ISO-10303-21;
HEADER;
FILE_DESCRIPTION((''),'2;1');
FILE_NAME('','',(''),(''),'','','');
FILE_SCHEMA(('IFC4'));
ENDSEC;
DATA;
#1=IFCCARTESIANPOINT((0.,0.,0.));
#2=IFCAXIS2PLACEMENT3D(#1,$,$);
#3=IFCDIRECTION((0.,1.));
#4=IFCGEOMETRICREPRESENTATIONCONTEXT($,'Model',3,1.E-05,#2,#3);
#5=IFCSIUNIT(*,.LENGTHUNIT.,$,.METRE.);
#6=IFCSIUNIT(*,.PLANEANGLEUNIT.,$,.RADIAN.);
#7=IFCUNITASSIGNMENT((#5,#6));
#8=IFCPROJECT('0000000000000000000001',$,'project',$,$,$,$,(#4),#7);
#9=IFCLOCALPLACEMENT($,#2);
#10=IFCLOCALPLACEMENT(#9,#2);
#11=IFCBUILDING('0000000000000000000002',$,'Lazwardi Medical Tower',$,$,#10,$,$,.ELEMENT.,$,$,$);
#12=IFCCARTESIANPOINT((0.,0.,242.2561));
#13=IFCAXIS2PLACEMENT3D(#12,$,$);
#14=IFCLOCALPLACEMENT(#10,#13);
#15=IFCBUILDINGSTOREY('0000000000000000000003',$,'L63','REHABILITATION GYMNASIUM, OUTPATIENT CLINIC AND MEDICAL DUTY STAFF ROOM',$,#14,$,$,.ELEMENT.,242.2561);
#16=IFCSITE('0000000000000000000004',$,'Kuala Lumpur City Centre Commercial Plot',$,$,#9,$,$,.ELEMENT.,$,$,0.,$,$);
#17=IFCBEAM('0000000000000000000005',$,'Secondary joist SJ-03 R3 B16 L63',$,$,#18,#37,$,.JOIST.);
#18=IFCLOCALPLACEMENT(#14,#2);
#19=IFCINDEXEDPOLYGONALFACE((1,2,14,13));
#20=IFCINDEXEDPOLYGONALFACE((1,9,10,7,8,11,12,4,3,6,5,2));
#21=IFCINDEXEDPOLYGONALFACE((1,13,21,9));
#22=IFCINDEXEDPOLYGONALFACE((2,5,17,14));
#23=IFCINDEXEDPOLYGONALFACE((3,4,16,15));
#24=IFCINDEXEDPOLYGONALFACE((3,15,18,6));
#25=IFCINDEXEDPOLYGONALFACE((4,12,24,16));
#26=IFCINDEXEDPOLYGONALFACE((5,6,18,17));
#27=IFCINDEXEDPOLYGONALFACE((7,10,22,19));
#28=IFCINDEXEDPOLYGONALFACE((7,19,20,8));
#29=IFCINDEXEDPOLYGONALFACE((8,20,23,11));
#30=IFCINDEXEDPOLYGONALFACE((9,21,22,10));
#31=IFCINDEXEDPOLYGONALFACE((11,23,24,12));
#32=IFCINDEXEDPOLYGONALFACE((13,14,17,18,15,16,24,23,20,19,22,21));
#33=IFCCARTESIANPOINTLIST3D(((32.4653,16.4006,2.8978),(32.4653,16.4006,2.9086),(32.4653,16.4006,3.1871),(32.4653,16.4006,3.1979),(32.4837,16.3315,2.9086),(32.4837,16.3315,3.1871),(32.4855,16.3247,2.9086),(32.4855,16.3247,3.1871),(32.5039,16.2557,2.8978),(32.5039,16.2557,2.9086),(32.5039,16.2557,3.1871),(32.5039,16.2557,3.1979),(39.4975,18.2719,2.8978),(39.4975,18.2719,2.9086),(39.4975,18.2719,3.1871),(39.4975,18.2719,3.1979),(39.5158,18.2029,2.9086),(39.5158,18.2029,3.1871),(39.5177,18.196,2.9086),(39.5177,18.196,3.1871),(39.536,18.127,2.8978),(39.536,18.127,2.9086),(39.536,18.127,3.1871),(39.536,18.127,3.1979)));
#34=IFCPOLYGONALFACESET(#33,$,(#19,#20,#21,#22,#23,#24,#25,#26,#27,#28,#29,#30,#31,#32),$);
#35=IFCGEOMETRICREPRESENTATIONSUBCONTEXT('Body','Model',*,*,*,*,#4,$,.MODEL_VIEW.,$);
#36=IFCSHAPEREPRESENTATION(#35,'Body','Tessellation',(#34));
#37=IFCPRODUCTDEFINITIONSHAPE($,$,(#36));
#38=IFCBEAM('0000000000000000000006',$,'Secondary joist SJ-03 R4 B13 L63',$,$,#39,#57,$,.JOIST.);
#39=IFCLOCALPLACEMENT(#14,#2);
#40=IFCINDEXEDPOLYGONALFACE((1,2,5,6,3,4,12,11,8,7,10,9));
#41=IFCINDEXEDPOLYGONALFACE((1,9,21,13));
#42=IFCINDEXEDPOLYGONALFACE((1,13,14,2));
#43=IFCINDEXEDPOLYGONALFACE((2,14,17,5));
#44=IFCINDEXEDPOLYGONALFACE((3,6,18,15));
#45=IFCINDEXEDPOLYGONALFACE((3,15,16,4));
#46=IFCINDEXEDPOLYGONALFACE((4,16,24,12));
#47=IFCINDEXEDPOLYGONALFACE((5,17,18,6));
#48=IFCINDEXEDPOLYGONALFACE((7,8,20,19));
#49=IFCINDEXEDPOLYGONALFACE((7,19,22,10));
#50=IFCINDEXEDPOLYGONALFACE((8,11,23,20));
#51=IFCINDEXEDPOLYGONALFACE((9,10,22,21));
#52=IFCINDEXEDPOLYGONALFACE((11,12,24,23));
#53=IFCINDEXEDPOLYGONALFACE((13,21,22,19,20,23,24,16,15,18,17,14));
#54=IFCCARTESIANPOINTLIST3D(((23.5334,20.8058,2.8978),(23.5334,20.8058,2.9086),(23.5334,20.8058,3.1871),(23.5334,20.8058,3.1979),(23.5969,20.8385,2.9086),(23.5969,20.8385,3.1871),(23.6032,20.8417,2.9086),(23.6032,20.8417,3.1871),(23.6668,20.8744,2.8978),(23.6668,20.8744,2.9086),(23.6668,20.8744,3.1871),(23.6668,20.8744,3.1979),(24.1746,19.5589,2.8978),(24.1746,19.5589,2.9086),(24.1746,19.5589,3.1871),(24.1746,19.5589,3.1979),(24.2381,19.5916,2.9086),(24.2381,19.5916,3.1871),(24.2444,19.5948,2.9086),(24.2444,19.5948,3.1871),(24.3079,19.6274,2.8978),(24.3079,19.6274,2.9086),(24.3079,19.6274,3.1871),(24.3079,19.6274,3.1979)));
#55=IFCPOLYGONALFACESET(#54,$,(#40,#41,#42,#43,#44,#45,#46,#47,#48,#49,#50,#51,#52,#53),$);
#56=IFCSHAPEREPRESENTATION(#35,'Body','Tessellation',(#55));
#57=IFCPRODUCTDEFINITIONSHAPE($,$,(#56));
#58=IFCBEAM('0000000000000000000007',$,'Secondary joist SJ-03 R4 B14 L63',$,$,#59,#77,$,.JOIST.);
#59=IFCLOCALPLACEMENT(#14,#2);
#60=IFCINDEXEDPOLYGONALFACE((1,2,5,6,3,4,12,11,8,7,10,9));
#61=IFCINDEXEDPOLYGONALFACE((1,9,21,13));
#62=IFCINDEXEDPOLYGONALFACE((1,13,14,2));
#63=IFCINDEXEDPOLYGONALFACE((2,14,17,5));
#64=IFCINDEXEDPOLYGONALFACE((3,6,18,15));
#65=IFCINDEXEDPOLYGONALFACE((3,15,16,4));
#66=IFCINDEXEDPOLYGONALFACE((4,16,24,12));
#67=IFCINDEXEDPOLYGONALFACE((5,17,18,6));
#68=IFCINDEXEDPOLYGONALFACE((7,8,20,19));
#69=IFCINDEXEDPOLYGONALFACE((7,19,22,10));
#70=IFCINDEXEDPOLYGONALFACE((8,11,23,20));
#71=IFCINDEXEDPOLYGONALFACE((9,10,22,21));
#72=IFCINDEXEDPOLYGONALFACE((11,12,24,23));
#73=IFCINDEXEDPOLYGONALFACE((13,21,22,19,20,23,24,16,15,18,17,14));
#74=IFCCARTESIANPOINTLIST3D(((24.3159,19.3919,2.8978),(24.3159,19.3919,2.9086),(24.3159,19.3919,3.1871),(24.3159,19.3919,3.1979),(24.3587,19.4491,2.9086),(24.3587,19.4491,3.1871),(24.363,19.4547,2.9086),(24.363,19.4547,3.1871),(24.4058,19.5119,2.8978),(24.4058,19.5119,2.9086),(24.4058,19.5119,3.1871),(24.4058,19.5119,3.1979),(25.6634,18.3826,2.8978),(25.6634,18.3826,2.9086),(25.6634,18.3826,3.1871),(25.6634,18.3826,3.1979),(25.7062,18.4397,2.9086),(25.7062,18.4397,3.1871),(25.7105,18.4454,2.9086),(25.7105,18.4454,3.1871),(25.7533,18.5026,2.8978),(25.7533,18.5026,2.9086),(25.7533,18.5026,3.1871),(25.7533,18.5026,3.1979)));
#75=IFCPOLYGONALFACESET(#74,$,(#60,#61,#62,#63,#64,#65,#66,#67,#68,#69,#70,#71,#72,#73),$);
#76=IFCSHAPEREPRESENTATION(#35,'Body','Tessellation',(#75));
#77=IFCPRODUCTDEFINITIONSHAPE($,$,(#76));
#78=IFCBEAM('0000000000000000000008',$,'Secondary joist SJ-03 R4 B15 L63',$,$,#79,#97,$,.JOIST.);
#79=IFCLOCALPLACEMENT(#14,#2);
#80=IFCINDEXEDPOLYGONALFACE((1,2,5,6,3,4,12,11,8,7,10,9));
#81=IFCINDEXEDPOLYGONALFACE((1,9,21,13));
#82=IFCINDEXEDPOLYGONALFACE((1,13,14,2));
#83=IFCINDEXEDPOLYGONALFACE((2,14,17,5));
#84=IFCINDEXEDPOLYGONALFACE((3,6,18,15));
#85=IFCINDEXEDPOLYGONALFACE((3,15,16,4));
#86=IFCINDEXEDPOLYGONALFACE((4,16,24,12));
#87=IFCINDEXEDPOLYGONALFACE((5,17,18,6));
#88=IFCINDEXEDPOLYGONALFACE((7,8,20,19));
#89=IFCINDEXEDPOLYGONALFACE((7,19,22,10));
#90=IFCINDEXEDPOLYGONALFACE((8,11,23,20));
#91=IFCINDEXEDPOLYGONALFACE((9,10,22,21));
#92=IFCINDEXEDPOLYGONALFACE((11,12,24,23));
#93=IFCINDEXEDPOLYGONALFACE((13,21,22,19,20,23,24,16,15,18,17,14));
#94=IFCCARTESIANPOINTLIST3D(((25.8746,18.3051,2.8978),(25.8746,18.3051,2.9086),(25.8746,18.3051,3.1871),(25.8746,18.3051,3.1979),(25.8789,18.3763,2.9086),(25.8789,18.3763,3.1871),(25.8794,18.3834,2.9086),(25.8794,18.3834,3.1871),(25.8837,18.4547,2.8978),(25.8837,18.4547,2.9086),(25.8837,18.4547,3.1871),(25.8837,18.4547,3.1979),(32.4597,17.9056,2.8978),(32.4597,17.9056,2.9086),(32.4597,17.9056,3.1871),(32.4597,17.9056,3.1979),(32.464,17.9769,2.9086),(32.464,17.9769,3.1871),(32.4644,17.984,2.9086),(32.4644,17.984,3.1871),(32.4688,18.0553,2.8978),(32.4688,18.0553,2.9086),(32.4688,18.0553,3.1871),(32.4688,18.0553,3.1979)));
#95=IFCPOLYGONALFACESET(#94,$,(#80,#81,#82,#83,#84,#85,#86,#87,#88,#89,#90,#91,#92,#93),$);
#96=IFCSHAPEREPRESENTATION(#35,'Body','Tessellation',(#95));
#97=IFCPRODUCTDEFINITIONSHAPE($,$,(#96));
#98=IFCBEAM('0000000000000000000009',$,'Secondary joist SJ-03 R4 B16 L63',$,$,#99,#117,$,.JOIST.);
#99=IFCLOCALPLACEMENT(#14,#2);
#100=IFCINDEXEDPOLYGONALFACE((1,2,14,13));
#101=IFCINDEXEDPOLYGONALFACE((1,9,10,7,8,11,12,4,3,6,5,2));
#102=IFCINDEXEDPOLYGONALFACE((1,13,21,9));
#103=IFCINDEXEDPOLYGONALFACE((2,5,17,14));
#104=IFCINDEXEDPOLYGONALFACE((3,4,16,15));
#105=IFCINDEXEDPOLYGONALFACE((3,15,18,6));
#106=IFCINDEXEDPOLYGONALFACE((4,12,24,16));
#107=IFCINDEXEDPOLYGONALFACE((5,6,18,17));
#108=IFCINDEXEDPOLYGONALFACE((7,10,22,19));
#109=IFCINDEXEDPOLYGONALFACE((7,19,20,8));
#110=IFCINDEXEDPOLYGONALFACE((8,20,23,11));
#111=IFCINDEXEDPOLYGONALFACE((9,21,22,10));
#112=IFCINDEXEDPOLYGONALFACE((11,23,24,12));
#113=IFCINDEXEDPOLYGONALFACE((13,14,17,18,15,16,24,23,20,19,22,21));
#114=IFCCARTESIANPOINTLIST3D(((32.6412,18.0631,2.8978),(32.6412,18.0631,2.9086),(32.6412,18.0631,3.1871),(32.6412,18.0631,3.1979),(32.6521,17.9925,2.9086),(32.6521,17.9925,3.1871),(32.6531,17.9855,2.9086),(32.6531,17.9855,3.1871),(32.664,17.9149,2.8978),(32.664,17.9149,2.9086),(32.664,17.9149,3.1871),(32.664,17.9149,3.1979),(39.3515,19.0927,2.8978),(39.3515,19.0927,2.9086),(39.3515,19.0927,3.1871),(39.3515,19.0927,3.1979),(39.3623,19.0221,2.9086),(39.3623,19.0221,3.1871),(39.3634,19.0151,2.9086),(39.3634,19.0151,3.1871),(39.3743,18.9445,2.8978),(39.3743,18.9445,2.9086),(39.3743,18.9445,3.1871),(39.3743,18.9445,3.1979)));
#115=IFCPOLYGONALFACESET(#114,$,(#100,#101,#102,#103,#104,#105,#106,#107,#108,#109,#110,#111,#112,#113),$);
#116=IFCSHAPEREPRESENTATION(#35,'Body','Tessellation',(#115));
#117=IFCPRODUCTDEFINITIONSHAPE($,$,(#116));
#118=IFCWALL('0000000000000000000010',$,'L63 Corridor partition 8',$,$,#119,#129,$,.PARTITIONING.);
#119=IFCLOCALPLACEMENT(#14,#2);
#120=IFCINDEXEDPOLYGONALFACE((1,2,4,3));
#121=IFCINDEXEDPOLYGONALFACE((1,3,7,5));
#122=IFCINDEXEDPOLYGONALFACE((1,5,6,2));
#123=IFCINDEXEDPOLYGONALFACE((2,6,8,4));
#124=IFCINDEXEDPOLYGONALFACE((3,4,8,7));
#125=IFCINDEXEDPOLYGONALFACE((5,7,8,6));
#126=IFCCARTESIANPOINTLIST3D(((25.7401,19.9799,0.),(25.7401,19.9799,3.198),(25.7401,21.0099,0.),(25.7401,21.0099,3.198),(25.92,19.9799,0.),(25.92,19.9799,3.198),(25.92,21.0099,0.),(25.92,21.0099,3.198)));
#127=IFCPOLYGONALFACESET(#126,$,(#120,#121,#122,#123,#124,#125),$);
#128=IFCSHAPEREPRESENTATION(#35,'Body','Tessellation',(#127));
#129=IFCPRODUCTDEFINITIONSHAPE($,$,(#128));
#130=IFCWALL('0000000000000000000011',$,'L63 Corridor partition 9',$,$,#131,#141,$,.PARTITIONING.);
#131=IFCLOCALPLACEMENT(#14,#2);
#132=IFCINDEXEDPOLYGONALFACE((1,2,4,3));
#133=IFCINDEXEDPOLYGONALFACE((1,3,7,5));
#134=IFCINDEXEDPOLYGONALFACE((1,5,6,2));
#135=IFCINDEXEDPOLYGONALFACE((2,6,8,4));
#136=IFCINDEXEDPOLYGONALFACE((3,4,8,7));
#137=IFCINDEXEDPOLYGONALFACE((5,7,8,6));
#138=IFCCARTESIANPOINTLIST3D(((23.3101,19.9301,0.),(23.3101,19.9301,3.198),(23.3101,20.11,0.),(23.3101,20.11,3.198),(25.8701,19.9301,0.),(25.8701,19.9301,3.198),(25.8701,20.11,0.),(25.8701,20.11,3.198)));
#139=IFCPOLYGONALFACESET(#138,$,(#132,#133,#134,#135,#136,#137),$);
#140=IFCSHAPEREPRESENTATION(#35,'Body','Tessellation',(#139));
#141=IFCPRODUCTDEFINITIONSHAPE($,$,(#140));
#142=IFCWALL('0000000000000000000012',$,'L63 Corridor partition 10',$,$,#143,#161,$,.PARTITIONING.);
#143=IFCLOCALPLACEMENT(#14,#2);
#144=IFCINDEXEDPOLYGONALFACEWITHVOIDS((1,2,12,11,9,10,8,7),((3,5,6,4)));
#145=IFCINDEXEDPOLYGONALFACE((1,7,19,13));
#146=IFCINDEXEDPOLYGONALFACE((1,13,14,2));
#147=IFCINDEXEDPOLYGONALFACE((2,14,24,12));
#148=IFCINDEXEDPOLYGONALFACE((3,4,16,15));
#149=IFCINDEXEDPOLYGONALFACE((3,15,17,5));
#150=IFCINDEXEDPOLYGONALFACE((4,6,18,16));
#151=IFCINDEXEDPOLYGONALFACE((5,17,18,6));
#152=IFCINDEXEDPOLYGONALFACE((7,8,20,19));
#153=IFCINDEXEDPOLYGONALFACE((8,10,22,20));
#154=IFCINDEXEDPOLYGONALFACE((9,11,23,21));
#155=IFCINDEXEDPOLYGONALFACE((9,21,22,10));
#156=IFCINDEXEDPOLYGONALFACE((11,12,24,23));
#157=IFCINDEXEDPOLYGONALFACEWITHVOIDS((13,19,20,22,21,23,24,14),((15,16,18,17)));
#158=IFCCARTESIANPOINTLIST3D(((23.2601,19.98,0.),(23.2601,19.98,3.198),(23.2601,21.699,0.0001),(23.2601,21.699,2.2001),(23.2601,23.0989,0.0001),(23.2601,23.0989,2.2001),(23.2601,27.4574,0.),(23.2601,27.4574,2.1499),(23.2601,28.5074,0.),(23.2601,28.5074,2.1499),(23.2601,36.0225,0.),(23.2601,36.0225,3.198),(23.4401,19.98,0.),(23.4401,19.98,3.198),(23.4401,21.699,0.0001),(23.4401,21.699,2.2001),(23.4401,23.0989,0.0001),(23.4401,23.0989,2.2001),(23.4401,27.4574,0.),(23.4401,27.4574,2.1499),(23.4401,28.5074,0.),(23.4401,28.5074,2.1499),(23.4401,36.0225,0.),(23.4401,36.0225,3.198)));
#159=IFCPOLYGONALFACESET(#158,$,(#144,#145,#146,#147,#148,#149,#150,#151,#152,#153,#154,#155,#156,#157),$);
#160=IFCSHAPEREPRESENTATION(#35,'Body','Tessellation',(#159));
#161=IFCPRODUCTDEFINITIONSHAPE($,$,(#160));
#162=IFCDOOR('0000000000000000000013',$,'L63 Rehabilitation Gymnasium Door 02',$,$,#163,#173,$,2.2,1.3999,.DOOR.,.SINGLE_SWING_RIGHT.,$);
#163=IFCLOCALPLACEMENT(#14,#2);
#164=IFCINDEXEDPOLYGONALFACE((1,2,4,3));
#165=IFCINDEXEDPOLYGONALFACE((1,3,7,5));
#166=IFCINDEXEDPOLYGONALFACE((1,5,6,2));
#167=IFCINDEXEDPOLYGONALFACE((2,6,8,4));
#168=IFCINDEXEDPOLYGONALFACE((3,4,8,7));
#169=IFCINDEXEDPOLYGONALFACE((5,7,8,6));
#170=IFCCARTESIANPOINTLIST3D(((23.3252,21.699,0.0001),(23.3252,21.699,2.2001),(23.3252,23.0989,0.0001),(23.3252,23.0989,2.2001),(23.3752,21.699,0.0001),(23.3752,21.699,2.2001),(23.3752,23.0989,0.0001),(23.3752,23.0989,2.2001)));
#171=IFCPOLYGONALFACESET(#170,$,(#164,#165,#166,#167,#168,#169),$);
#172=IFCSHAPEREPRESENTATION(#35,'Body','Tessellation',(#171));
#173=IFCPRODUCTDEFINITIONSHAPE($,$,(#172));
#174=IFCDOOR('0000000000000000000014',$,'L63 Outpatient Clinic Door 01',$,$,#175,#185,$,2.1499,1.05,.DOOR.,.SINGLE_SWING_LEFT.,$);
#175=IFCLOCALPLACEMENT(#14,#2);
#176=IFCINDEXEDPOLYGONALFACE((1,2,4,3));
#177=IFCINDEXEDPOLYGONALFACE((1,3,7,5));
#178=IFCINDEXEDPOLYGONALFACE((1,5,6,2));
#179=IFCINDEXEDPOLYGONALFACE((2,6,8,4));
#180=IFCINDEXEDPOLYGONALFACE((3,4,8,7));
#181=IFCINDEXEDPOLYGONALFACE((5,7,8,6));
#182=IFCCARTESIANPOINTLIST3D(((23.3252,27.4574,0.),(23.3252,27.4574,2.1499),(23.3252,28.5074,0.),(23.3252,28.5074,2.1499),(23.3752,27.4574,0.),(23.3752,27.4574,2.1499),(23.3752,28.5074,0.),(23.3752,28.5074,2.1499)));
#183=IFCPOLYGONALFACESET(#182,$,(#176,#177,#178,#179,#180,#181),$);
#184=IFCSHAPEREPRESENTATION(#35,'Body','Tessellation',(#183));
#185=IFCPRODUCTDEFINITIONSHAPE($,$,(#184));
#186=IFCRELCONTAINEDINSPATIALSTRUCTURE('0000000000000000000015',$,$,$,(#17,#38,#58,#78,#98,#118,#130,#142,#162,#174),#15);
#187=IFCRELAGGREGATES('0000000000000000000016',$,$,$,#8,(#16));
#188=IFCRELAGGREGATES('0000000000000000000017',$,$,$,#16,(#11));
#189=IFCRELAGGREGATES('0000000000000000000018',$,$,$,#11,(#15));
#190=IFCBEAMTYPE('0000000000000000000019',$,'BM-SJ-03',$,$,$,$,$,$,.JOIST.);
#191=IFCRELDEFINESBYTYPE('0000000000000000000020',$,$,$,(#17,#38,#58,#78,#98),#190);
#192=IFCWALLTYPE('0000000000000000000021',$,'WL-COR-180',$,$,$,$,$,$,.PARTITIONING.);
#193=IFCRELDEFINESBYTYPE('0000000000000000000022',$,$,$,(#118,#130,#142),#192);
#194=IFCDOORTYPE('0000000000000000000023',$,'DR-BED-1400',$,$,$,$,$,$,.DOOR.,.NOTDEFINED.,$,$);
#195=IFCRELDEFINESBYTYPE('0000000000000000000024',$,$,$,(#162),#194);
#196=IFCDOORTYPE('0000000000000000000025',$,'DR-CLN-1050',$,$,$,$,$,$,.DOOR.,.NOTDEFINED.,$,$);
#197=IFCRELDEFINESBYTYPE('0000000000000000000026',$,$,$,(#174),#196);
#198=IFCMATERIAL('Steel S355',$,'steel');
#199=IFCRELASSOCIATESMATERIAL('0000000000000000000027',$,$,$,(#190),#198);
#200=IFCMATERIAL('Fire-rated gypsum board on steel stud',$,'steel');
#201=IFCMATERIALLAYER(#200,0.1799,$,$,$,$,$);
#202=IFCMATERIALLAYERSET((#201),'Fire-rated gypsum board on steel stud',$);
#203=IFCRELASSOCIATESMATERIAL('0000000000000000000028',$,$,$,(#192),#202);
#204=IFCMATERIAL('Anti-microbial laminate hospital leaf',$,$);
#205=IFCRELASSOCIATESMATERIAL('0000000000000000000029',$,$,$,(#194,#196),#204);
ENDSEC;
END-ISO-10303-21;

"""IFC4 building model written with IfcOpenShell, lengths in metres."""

from ifc_helpers import new_model, si_unit, direction, frame, frame_2d, origin, origin_2d, place, context, subcontext, project, spatial, rectangle, i_section, extrude, material, layer, layer_set, material_profile, profile_set, type_object, element, fill, save


model = new_model("IFC4")

# Units and contexts
model_context = context("Model", 3, precision=1e-05, world=origin(), true_north=direction((0.0, 1.0)))
body_context = subcontext(model_context, "Body", "Model", "MODEL_VIEW")
ifc_project = project(units=[si_unit("LENGTHUNIT", "METRE"), si_unit("PLANEANGLEUNIT", "RADIAN")], contexts=[model_context])

# Site, building, storey
site_placement = place(None, origin())
site = spatial("IfcSite", under=ifc_project, at=site_placement, Name="Kuala Lumpur City Centre Commercial Plot", CompositionType="ELEMENT", RefElevation=0.0)
building_placement = place(site_placement, origin())
building = spatial("IfcBuilding", under=site, at=building_placement, Name="Lazwardi Medical Tower", CompositionType="ELEMENT")
storey_placement = place(building_placement, frame((0.0, 0.0, 242.2561)))
storey = spatial("IfcBuildingStorey", under=building, at=storey_placement, Name="L63", Description="REHABILITATION GYMNASIUM, OUTPATIENT CLINIC AND MEDICAL DUTY STAFF ROOM", CompositionType="ELEMENT", Elevation=242.2561)

# Beams
ifc_material_1 = material(Name="Steel S355", Category="steel")
ifc_material_profile_1 = material_profile(ifc_material_1, i_section(OverallWidth=0.1499, OverallDepth=0.3, WebThickness=0.0071, FlangeThickness=0.0107, at=origin_2d()), Name="IPE 300")
ifc_profile_set_1 = profile_set([ifc_material_profile_1], Name="Steel S355")
beam_type_1 = type_object("IfcBeamType", Name="BM-SJ-03", PredefinedType="JOIST", material=ifc_profile_set_1)
beam_1_placement = place(storey_placement, frame((32.4846, 16.3281, 3.0479), z_axis=(0.966369, 0.257159, 0.0), x_axis=(-0.257159, 0.966369, 0.0)))
element("IfcBeam", 1, at=beam_1_placement, inside=storey, type_object=beam_type_1, Name="Secondary joist SJ-03 R3 B16 L63", PredefinedType="JOIST", context=body_context, shape_type="SweptSolid", body=[
    extrude(i_section(OverallWidth=0.1499, OverallDepth=0.3, WebThickness=0.0071, FlangeThickness=0.0107, at=origin_2d()), origin(), (0.0, 0.0, 1.0), 7.2769),
])
beam_2_placement = place(storey_placement, frame((23.6001, 20.8401, 3.0479), z_axis=(0.457285, -0.88932, 0.0), x_axis=(0.88932, 0.457285, 0.0)))
element("IfcBeam", 2, at=beam_2_placement, inside=storey, type_object=beam_type_1, Name="Secondary joist SJ-03 R4 B13 L63", PredefinedType="JOIST", context=body_context, shape_type="SweptSolid", body=[
    extrude(i_section(OverallWidth=0.1499, OverallDepth=0.3, WebThickness=0.0071, FlangeThickness=0.0107, at=origin_2d()), origin(), (0.0, 0.0, 1.0), 1.4021),
])
beam_3_placement = place(storey_placement, frame((24.3608, 19.4519, 3.0479), z_axis=(0.800365, -0.599513, 0.0), x_axis=(0.599513, 0.800365, 0.0)))
element("IfcBeam", 3, at=beam_3_placement, inside=storey, type_object=beam_type_1, Name="Secondary joist SJ-03 R4 B14 L63", PredefinedType="JOIST", context=body_context, shape_type="SweptSolid", body=[
    extrude(i_section(OverallWidth=0.1499, OverallDepth=0.3, WebThickness=0.0071, FlangeThickness=0.0107, at=origin_2d()), origin(), (0.0, 0.0, 1.0), 1.6836),
])
beam_4_placement = place(storey_placement, frame((25.8792, 18.3799, 3.0479), z_axis=(0.998166, -0.060544, 0.0), x_axis=(0.060544, 0.998166, 0.0)))
element("IfcBeam", 4, at=beam_4_placement, inside=storey, type_object=beam_type_1, Name="Secondary joist SJ-03 R4 B15 L63", PredefinedType="JOIST", context=body_context, shape_type="SweptSolid", body=[
    extrude(i_section(OverallWidth=0.1499, OverallDepth=0.3, WebThickness=0.0071, FlangeThickness=0.0107, at=origin_2d()), origin(), (0.0, 0.0, 1.0), 6.5972),
])
beam_5_placement = place(storey_placement, frame((32.6526, 17.989, 3.0479), z_axis=(0.988434, 0.151655, 0.0), x_axis=(-0.151655, 0.988434, 0.0)))
element("IfcBeam", 5, at=beam_5_placement, inside=storey, type_object=beam_type_1, Name="Secondary joist SJ-03 R4 B16 L63", PredefinedType="JOIST", context=body_context, shape_type="SweptSolid", body=[
    extrude(i_section(OverallWidth=0.1499, OverallDepth=0.3, WebThickness=0.0071, FlangeThickness=0.0107, at=origin_2d()), origin(), (0.0, 0.0, 1.0), 6.7888),
])

# Walls
ifc_material_2 = material(Name="Fire-rated gypsum board on steel stud", Category="steel")
ifc_layer_1 = layer(ifc_material_2, 0.1799)
ifc_layer_set_1 = layer_set([ifc_layer_1], Name="Fire-rated gypsum board on steel stud")
wall_type_1 = type_object("IfcWallType", Name="WL-COR-180", PredefinedType="PARTITIONING", material=ifc_layer_set_1)
wall_1_placement = place(storey_placement, frame((25.8301, 21.01, 0.0), z_axis=(0.0, 0.0, 1.0), x_axis=(0.0, -1.0, 0.0)))
element("IfcWall", 6, at=wall_1_placement, inside=storey, type_object=wall_type_1, Name="L63 Corridor partition 8", PredefinedType="PARTITIONING", context=body_context, shape_type="SweptSolid", body=[
    extrude(rectangle(XDim=1.03, YDim=0.1799, at=frame_2d((0.5151, 0.0))), origin(), (0.0, 0.0, 1.0), 3.198),
])
wall_2_placement = place(storey_placement, frame((25.8701, 20.02, 0.0), z_axis=(0.0, 0.0, 1.0), x_axis=(-1.0, 0.0, 0.0)))
element("IfcWall", 7, at=wall_2_placement, inside=storey, type_object=wall_type_1, Name="L63 Corridor partition 9", PredefinedType="PARTITIONING", context=body_context, shape_type="SweptSolid", body=[
    extrude(rectangle(XDim=2.5601, YDim=0.1799, at=frame_2d((1.28, 0.0))), origin(), (0.0, 0.0, 1.0), 3.198),
])

# Wall, openings, doors
wall_3_placement = place(storey_placement, frame((23.3501, 19.98, 0.0), z_axis=(0.0, 0.0, 1.0), x_axis=(0.0, 1.0, 0.0)))
wall_3 = element("IfcWall", 8, at=wall_3_placement, inside=storey, type_object=wall_type_1, Name="L63 Corridor partition 10", PredefinedType="PARTITIONING", context=body_context, shape_type="SweptSolid", body=[
    extrude(rectangle(XDim=16.0425, YDim=0.1799, at=frame_2d((8.0212, 0.0))), origin(), (0.0, 0.0, 1.0), 3.198),
])
opening_1_placement = place(wall_3_placement, frame((7.4775, 0.0, 0.0)))
opening_1 = element("IfcOpeningElement", 9, at=opening_1_placement, cuts=wall_3, PredefinedType="OPENING", context=body_context, shape_type="SweptSolid", body=[
    extrude(rectangle(XDim=1.05, YDim=2.1499, at=frame_2d((0.5249, 1.075))), frame((0.0, 0.0999, 0.0), z_axis=(0.0, -1.0, 0.0), x_axis=(1.0, 0.0, 0.0)), (0.0, 0.0, 1.0), 0.2),
])
opening_2_placement = place(wall_3_placement, frame((1.719, 0.0, 0.0)))
opening_2 = element("IfcOpeningElement", 10, at=opening_2_placement, cuts=wall_3, PredefinedType="OPENING", context=body_context, shape_type="SweptSolid", body=[
    extrude(rectangle(XDim=1.3999, YDim=2.2, at=frame_2d((0.7, 1.1001))), frame((0.0, 0.0999, 0.0), z_axis=(0.0, -1.0, 0.0), x_axis=(1.0, 0.0, 0.0)), (0.0, 0.0, 1.0), 0.2),
])
ifc_material_3 = material(Name="Anti-microbial laminate hospital leaf")
door_type_1 = type_object("IfcDoorType", Name="DR-BED-1400", OperationType="NOTDEFINED", PredefinedType="DOOR", material=ifc_material_3)
door_1_placement = place(opening_2_placement, origin())
door_1 = element("IfcDoor", 11, at=door_1_placement, inside=storey, type_object=door_type_1, Name="L63 Rehabilitation Gymnasium Door 02", OperationType="SINGLE_SWING_RIGHT", OverallHeight=2.2, OverallWidth=1.3999, PredefinedType="DOOR", context=body_context, shape_type="SweptSolid", body=[
    extrude(rectangle(XDim=1.3999, YDim=2.2, at=frame_2d((0.7, 1.1001))), frame((0.0, 0.0249, 0.0), z_axis=(0.0, -1.0, 0.0), x_axis=(1.0, 0.0, 0.0)), (0.0, 0.0, 1.0), 0.05),
])
fill(opening_2, door_1)
door_type_2 = type_object("IfcDoorType", Name="DR-CLN-1050", OperationType="NOTDEFINED", PredefinedType="DOOR", material=ifc_material_3)
door_2_placement = place(opening_1_placement, origin())
door_2 = element("IfcDoor", 12, at=door_2_placement, inside=storey, type_object=door_type_2, Name="L63 Outpatient Clinic Door 01", OperationType="SINGLE_SWING_LEFT", OverallHeight=2.1499, OverallWidth=1.05, PredefinedType="DOOR", context=body_context, shape_type="SweptSolid", body=[
    extrude(rectangle(XDim=1.05, YDim=2.1499, at=frame_2d((0.5249, 1.075))), frame((0.0, 0.0249, 0.0), z_axis=(0.0, -1.0, 0.0), x_axis=(1.0, 0.0, 0.0)), (0.0, 0.0, 1.0), 0.05),
])
fill(opening_1, door_2)

save(model, "model.ifc")
